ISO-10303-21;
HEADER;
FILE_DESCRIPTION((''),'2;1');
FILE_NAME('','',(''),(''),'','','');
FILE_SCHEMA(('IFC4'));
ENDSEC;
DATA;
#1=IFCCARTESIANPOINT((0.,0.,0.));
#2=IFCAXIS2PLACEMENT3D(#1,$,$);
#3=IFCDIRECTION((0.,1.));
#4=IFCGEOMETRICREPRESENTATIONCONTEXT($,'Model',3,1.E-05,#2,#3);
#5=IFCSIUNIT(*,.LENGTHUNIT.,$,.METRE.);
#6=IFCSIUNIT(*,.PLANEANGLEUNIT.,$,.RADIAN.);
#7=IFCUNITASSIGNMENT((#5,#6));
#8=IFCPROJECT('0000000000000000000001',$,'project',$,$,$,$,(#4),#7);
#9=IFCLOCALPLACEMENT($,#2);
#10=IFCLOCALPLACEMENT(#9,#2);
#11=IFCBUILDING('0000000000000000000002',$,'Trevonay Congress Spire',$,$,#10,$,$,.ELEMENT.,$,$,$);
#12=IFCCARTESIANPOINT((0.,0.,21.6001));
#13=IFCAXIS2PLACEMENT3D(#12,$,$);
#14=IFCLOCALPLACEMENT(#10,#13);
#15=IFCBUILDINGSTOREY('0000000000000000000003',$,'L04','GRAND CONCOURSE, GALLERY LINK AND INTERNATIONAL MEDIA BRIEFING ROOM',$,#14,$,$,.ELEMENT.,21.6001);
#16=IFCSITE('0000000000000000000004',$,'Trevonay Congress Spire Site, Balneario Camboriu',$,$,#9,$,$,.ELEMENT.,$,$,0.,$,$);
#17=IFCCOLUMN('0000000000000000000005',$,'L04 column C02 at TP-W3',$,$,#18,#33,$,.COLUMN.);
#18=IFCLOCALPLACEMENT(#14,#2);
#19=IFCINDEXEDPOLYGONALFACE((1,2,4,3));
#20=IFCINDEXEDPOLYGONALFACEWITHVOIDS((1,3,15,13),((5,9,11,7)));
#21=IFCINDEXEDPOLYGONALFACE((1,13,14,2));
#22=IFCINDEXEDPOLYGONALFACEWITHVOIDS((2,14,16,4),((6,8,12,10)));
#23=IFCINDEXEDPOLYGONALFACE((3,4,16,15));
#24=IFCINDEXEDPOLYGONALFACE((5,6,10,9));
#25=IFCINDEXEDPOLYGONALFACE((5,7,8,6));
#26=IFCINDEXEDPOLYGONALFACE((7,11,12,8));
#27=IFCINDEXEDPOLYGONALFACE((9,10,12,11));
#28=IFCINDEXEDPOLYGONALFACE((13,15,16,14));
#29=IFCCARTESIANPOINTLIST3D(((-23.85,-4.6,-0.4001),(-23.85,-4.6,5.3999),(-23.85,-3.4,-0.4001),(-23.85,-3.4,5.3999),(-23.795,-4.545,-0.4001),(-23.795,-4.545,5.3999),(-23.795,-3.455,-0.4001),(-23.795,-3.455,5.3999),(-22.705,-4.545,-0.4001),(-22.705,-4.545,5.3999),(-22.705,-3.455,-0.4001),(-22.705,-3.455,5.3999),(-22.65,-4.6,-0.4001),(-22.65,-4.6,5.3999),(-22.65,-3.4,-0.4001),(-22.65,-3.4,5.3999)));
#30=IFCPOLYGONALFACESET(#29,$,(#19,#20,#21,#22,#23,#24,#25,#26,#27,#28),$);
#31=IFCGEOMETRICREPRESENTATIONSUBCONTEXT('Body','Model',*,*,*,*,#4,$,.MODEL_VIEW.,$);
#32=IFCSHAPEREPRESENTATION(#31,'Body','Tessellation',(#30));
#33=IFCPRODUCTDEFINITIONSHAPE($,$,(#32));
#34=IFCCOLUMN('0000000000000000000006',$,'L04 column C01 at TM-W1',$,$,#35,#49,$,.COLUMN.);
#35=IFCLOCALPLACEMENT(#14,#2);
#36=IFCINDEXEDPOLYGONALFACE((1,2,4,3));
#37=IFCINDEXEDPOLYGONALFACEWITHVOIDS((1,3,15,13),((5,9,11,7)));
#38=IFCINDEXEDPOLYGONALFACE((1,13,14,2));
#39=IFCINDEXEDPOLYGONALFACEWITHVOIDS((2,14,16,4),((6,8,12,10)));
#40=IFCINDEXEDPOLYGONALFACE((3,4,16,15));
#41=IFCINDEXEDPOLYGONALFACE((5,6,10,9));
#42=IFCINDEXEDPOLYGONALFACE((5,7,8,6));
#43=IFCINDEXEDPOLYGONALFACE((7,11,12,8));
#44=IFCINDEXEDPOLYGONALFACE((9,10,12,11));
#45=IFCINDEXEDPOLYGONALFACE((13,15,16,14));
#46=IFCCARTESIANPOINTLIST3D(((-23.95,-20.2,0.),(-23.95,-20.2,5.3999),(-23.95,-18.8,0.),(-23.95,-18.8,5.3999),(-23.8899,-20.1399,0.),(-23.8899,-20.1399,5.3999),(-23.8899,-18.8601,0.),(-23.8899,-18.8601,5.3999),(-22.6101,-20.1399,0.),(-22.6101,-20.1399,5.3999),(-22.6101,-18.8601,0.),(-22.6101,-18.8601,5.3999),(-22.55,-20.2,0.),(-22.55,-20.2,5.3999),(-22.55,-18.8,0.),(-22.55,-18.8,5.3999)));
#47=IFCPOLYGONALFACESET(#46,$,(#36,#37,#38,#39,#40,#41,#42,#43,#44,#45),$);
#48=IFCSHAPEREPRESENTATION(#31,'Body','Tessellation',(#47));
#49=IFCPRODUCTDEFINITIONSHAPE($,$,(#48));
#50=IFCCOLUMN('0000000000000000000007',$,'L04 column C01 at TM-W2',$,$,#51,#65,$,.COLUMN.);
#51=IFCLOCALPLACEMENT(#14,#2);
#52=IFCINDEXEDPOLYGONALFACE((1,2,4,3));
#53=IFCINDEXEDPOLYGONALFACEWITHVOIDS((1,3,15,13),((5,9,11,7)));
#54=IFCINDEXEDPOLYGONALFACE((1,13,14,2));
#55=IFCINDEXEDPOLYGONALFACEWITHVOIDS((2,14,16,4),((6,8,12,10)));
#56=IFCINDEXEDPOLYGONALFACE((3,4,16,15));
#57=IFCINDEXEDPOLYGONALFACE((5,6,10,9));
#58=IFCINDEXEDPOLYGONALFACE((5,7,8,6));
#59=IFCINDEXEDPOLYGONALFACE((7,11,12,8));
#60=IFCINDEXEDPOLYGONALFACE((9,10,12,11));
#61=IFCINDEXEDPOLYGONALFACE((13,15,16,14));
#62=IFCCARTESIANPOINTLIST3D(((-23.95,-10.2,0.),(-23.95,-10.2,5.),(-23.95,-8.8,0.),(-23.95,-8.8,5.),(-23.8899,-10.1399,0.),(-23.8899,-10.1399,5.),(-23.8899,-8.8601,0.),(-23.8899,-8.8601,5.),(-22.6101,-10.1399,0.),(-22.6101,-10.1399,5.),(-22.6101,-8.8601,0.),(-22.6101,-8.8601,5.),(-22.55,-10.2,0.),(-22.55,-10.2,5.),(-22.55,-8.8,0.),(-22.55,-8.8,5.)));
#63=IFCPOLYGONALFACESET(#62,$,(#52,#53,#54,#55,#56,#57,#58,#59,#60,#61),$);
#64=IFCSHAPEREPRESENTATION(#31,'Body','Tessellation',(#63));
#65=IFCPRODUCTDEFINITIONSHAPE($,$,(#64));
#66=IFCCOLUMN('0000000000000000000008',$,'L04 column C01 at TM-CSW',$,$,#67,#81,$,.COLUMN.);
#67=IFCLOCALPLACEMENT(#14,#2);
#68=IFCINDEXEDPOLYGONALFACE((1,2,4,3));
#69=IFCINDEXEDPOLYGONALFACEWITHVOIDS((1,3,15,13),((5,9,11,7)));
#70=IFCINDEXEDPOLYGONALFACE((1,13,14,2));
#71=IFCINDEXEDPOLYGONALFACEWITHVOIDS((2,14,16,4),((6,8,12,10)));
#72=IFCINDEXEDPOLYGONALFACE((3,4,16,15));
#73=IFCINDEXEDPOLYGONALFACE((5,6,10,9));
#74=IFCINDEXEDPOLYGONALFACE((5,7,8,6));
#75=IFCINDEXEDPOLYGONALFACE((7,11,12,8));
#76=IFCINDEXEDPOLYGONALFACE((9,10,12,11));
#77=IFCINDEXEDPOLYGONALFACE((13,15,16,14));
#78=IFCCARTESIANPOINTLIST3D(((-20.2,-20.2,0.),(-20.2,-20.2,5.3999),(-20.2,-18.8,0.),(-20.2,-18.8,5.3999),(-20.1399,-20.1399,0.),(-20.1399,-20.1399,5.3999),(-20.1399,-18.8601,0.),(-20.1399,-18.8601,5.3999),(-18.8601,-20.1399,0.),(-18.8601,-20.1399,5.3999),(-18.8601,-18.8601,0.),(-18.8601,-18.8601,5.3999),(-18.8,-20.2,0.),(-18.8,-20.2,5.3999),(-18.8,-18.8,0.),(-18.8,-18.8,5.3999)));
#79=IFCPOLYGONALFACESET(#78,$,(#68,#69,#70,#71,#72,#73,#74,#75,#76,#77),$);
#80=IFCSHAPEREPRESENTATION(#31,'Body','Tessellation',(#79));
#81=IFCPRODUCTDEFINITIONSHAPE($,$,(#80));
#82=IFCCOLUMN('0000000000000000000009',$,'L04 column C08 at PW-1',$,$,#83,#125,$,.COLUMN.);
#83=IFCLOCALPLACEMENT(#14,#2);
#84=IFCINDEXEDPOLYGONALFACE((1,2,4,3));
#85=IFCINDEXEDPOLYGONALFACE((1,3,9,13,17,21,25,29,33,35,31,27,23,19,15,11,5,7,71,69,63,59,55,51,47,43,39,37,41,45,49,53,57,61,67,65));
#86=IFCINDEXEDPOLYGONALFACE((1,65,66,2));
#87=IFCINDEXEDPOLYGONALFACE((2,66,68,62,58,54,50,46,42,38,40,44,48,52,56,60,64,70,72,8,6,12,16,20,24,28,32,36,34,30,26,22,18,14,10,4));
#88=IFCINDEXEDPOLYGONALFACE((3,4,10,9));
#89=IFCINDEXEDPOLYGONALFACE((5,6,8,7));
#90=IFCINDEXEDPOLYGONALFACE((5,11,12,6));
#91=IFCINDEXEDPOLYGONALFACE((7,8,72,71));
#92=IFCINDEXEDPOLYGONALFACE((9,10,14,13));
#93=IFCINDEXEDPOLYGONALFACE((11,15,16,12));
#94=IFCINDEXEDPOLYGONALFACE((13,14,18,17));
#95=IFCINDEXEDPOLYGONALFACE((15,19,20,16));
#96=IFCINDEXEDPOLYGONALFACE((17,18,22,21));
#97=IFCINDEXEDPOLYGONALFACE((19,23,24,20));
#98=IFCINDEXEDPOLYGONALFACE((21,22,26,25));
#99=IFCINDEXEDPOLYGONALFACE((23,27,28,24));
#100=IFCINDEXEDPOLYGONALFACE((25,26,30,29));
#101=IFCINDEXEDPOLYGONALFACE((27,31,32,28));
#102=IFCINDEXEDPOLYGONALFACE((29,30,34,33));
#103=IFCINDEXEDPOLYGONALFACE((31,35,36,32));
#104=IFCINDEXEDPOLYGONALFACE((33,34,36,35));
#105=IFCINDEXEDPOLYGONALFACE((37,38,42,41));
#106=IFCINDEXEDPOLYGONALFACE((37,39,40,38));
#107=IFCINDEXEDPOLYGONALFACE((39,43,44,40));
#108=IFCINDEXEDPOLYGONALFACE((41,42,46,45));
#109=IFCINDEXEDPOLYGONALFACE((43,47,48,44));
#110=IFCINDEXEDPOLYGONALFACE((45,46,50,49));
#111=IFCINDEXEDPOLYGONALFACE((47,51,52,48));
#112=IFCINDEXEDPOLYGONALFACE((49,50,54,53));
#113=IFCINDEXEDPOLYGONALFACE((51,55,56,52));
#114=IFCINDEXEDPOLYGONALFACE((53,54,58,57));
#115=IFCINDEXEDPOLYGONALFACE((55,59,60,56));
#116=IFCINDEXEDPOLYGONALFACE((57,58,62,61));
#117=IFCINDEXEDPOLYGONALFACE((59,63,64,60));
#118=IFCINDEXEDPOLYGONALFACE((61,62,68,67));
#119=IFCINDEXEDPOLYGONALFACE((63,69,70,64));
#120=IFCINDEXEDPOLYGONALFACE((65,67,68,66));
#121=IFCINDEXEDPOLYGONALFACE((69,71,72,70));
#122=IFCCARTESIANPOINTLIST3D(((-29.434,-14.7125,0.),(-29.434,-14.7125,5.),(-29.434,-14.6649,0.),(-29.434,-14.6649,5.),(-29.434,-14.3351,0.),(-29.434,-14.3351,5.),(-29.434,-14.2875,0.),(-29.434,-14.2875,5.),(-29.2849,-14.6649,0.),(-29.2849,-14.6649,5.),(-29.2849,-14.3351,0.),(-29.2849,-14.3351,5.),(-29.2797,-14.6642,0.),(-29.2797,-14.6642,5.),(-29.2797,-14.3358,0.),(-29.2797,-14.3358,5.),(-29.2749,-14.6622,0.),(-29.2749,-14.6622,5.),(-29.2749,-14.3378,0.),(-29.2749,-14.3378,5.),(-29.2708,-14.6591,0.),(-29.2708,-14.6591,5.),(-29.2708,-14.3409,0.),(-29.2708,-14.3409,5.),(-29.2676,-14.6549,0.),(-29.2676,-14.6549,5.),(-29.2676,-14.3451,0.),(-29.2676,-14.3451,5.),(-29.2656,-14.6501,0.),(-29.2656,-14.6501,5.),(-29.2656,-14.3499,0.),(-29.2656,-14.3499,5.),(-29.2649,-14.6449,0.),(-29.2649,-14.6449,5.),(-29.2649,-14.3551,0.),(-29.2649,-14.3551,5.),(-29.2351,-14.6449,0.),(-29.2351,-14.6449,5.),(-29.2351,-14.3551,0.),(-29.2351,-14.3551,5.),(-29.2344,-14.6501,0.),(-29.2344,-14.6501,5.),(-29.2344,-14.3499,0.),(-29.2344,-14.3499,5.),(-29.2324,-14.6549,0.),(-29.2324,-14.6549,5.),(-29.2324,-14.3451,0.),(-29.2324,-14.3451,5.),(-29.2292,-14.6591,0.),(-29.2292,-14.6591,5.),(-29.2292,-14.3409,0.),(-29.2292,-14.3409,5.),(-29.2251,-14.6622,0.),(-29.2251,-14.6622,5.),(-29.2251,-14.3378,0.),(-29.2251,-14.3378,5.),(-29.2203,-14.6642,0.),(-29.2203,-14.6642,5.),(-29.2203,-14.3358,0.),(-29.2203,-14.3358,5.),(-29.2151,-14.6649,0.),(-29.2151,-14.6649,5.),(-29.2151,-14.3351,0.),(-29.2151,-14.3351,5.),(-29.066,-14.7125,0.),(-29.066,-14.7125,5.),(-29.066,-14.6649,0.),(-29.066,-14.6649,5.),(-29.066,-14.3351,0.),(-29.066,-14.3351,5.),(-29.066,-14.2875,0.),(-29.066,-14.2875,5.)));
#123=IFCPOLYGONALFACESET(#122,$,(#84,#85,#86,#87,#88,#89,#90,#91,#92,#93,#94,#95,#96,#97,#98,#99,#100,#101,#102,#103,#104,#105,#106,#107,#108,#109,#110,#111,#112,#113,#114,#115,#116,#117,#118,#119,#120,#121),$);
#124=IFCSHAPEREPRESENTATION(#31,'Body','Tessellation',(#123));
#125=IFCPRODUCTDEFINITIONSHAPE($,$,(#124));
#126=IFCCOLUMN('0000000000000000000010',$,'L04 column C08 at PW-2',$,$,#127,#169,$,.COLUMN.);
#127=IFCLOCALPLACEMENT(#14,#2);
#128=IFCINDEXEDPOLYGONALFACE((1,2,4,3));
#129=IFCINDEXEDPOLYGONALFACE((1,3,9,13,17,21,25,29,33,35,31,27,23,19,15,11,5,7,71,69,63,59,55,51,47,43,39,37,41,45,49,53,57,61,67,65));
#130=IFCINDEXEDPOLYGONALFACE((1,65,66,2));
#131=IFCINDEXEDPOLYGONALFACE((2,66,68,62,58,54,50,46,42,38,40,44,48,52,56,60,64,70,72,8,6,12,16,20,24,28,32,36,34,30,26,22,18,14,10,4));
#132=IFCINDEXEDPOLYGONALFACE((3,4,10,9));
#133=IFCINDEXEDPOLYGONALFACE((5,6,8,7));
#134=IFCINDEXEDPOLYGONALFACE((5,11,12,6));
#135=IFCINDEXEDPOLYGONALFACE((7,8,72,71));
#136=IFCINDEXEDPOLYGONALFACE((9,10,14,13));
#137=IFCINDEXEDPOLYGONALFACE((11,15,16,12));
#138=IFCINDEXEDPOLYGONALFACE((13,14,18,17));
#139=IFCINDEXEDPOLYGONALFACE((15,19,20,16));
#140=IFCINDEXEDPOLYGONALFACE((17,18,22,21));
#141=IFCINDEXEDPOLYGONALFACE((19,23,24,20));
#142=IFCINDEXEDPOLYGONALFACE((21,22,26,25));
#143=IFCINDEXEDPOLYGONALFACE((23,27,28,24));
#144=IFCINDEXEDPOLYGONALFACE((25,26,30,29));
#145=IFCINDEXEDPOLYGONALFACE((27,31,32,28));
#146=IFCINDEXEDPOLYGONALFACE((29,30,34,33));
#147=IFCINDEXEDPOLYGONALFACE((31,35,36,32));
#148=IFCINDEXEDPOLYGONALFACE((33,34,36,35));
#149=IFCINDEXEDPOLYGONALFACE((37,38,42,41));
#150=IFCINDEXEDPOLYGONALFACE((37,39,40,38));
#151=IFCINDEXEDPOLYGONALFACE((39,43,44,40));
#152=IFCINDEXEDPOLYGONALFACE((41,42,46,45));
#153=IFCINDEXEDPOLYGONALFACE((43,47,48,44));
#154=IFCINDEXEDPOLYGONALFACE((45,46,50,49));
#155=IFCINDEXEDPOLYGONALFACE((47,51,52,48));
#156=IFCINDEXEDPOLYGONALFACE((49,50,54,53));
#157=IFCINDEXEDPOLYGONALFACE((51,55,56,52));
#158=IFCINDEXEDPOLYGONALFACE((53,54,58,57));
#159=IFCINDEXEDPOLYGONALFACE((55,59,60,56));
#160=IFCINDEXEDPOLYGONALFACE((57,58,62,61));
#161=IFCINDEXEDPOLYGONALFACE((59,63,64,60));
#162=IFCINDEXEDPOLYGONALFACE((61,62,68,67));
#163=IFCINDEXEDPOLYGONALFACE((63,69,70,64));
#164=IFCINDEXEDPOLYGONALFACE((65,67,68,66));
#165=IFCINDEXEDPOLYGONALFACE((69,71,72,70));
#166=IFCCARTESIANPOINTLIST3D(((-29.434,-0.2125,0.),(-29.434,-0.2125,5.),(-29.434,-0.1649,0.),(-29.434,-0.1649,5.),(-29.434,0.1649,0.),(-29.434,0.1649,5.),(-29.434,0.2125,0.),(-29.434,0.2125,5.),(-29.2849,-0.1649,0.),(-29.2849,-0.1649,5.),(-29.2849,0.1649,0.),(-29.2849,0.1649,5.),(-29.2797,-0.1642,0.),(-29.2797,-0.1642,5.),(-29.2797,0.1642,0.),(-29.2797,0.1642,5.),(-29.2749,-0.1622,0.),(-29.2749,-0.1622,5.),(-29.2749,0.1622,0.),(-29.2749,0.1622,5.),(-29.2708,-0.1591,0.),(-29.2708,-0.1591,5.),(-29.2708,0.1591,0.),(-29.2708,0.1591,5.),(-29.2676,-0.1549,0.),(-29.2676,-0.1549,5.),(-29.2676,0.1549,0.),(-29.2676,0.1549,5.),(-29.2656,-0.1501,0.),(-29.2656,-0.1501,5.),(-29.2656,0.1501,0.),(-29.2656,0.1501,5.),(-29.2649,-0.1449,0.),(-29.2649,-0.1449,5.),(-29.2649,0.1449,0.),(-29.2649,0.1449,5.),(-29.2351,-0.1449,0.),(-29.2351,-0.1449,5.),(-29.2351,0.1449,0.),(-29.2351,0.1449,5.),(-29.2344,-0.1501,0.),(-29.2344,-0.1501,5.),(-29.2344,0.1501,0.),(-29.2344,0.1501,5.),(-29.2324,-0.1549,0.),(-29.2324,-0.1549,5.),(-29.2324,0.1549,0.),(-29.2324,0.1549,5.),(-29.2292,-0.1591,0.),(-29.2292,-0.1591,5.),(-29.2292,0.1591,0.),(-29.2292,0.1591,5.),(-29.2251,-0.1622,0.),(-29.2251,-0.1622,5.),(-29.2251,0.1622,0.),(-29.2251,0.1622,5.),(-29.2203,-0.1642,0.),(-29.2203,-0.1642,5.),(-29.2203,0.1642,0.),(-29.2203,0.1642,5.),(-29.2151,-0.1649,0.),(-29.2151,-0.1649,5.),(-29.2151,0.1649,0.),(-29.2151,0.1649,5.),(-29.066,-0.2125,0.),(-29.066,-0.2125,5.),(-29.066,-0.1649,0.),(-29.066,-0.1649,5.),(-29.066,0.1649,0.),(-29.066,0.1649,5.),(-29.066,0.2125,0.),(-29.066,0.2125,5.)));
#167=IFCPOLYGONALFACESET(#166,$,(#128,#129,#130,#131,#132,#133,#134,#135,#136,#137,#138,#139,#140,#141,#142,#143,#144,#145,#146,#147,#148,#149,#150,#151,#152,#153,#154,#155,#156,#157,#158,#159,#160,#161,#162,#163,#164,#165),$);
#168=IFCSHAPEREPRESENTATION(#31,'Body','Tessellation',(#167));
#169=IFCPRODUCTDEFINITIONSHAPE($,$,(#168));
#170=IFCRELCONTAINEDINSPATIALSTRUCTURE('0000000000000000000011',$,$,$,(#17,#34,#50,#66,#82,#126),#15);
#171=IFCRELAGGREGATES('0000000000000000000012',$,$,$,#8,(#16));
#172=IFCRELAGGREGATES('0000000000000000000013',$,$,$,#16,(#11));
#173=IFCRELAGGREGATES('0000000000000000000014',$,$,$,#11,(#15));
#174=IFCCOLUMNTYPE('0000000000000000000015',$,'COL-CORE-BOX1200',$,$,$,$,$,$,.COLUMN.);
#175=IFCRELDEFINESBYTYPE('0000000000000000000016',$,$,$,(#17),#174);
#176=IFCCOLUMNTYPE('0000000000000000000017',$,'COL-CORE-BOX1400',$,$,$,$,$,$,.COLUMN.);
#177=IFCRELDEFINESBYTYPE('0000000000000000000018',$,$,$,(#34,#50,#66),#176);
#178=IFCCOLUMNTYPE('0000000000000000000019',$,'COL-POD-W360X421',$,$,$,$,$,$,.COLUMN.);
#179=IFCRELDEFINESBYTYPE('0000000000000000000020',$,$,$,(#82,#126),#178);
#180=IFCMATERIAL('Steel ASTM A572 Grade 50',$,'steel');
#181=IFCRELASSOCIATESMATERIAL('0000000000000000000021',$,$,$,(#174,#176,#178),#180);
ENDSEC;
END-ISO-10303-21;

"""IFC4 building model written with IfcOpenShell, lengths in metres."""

from ifc_helpers import new_model, si_unit, direction, frame, origin, origin_2d, place, context, subcontext, project, spatial, hollow_rectangle, i_section, extrude, material, material_profile, profile_set, type_object, element, save


model = new_model("IFC4")

# Units and contexts
model_context = context("Model", 3, precision=1e-05, world=origin(), true_north=direction((0.0, 1.0)))
body_context = subcontext(model_context, "Body", "Model", "MODEL_VIEW")
ifc_project = project(units=[si_unit("LENGTHUNIT", "METRE"), si_unit("PLANEANGLEUNIT", "RADIAN")], contexts=[model_context])

# Site, building, storey
site_placement = place(None, origin())
site = spatial("IfcSite", under=ifc_project, at=site_placement, Name="Trevonay Congress Spire Site, Balneario Camboriu", CompositionType="ELEMENT", RefElevation=0.0)
building_placement = place(site_placement, origin())
building = spatial("IfcBuilding", under=site, at=building_placement, Name="Trevonay Congress Spire", CompositionType="ELEMENT")
storey_placement = place(building_placement, frame((0.0, 0.0, 21.6001)))
storey = spatial("IfcBuildingStorey", under=building, at=storey_placement, Name="L04", Description="GRAND CONCOURSE, GALLERY LINK AND INTERNATIONAL MEDIA BRIEFING ROOM", CompositionType="ELEMENT", Elevation=21.6001)

# Columns
ifc_material_1 = material(Name="Steel ASTM A572 Grade 50", Category="steel")
ifc_material_profile_1 = material_profile(ifc_material_1, hollow_rectangle(XDim=1.2, YDim=1.2, WallThickness=0.0549, at=origin_2d()), Name="BOX 1200x1200x55")
ifc_profile_set_1 = profile_set([ifc_material_profile_1], Name="Steel ASTM A572 Grade 50")
column_type_1 = type_object("IfcColumnType", Name="COL-CORE-BOX1200", PredefinedType="COLUMN", material=ifc_profile_set_1)
column_1_placement = place(storey_placement, frame((-23.25, -4.0, -0.4001), z_axis=(0.0, 0.0, 1.0), x_axis=(1.0, 0.0, 0.0)))
element("IfcColumn", 1, at=column_1_placement, inside=storey, type_object=column_type_1, Name="L04 column C02 at TP-W3", PredefinedType="COLUMN", context=body_context, shape_type="SweptSolid", body=[
    extrude(hollow_rectangle(XDim=1.2, YDim=1.2, WallThickness=0.0549, at=origin_2d()), origin(), (0.0, 0.0, 1.0), 5.8),
])
ifc_material_profile_2 = material_profile(ifc_material_1, hollow_rectangle(XDim=1.3999, YDim=1.3999, WallThickness=0.0601, at=origin_2d()), Name="BOX 1400x1400x60")
ifc_profile_set_2 = profile_set([ifc_material_profile_2], Name="Steel ASTM A572 Grade 50")
column_type_2 = type_object("IfcColumnType", Name="COL-CORE-BOX1400", PredefinedType="COLUMN", material=ifc_profile_set_2)
column_2_placement = place(storey_placement, frame((-23.25, -19.5, 0.0), z_axis=(0.0, 0.0, 1.0), x_axis=(1.0, 0.0, 0.0)))
element("IfcColumn", 2, at=column_2_placement, inside=storey, type_object=column_type_2, Name="L04 column C01 at TM-W1", PredefinedType="COLUMN", context=body_context, shape_type="SweptSolid", body=[
    extrude(hollow_rectangle(XDim=1.3999, YDim=1.3999, WallThickness=0.0601, at=origin_2d()), origin(), (0.0, 0.0, 1.0), 5.3999),
])
column_3_placement = place(storey_placement, frame((-23.25, -9.5, 0.0), z_axis=(0.0, 0.0, 1.0), x_axis=(1.0, 0.0, 0.0)))
element("IfcColumn", 3, at=column_3_placement, inside=storey, type_object=column_type_2, Name="L04 column C01 at TM-W2", PredefinedType="COLUMN", context=body_context, shape_type="SweptSolid", body=[
    extrude(hollow_rectangle(XDim=1.3999, YDim=1.3999, WallThickness=0.0601, at=origin_2d()), origin(), (0.0, 0.0, 1.0), 5.0),
])
column_4_placement = place(storey_placement, frame((-19.5, -19.5, 0.0), z_axis=(0.0, 0.0, 1.0), x_axis=(1.0, 0.0, 0.0)))
element("IfcColumn", 4, at=column_4_placement, inside=storey, type_object=column_type_2, Name="L04 column C01 at TM-CSW", PredefinedType="COLUMN", context=body_context, shape_type="SweptSolid", body=[
    extrude(hollow_rectangle(XDim=1.3999, YDim=1.3999, WallThickness=0.0601, at=origin_2d()), origin(), (0.0, 0.0, 1.0), 5.3999),
])
ifc_material_profile_3 = material_profile(ifc_material_1, i_section(OverallWidth=0.3679, OverallDepth=0.425, WebThickness=0.0298, FlangeThickness=0.0476, FilletRadius=0.02, at=origin_2d()), Name="W360x421")
ifc_profile_set_3 = profile_set([ifc_material_profile_3], Name="Steel ASTM A572 Grade 50")
column_type_3 = type_object("IfcColumnType", Name="COL-POD-W360X421", PredefinedType="COLUMN", material=ifc_profile_set_3)
for number, where, z_axis, x_axis, name in (
    (5, (-29.25, -14.5, 0.0), (0.0, 0.0, 1.0), (1.0, 0.0, 0.0), "L04 column C08 at PW-1"),
    (6, (-29.25, 0.0, 0.0), (0.0, 0.0, 1.0), (1.0, 0.0, 0.0), "L04 column C08 at PW-2"),
):
    element("IfcColumn", number, at=place(storey_placement, frame(where, z_axis=z_axis, x_axis=x_axis)), inside=storey, type_object=column_type_3, Name=name, PredefinedType="COLUMN", context=body_context, shape_type="SweptSolid", body=[
        extrude(i_section(OverallWidth=0.3679, OverallDepth=0.425, WebThickness=0.0298, FlangeThickness=0.0476, FilletRadius=0.02, at=origin_2d()), origin(), (0.0, 0.0, 1.0), 5.0),
    ])

save(model, "model.ifc")
